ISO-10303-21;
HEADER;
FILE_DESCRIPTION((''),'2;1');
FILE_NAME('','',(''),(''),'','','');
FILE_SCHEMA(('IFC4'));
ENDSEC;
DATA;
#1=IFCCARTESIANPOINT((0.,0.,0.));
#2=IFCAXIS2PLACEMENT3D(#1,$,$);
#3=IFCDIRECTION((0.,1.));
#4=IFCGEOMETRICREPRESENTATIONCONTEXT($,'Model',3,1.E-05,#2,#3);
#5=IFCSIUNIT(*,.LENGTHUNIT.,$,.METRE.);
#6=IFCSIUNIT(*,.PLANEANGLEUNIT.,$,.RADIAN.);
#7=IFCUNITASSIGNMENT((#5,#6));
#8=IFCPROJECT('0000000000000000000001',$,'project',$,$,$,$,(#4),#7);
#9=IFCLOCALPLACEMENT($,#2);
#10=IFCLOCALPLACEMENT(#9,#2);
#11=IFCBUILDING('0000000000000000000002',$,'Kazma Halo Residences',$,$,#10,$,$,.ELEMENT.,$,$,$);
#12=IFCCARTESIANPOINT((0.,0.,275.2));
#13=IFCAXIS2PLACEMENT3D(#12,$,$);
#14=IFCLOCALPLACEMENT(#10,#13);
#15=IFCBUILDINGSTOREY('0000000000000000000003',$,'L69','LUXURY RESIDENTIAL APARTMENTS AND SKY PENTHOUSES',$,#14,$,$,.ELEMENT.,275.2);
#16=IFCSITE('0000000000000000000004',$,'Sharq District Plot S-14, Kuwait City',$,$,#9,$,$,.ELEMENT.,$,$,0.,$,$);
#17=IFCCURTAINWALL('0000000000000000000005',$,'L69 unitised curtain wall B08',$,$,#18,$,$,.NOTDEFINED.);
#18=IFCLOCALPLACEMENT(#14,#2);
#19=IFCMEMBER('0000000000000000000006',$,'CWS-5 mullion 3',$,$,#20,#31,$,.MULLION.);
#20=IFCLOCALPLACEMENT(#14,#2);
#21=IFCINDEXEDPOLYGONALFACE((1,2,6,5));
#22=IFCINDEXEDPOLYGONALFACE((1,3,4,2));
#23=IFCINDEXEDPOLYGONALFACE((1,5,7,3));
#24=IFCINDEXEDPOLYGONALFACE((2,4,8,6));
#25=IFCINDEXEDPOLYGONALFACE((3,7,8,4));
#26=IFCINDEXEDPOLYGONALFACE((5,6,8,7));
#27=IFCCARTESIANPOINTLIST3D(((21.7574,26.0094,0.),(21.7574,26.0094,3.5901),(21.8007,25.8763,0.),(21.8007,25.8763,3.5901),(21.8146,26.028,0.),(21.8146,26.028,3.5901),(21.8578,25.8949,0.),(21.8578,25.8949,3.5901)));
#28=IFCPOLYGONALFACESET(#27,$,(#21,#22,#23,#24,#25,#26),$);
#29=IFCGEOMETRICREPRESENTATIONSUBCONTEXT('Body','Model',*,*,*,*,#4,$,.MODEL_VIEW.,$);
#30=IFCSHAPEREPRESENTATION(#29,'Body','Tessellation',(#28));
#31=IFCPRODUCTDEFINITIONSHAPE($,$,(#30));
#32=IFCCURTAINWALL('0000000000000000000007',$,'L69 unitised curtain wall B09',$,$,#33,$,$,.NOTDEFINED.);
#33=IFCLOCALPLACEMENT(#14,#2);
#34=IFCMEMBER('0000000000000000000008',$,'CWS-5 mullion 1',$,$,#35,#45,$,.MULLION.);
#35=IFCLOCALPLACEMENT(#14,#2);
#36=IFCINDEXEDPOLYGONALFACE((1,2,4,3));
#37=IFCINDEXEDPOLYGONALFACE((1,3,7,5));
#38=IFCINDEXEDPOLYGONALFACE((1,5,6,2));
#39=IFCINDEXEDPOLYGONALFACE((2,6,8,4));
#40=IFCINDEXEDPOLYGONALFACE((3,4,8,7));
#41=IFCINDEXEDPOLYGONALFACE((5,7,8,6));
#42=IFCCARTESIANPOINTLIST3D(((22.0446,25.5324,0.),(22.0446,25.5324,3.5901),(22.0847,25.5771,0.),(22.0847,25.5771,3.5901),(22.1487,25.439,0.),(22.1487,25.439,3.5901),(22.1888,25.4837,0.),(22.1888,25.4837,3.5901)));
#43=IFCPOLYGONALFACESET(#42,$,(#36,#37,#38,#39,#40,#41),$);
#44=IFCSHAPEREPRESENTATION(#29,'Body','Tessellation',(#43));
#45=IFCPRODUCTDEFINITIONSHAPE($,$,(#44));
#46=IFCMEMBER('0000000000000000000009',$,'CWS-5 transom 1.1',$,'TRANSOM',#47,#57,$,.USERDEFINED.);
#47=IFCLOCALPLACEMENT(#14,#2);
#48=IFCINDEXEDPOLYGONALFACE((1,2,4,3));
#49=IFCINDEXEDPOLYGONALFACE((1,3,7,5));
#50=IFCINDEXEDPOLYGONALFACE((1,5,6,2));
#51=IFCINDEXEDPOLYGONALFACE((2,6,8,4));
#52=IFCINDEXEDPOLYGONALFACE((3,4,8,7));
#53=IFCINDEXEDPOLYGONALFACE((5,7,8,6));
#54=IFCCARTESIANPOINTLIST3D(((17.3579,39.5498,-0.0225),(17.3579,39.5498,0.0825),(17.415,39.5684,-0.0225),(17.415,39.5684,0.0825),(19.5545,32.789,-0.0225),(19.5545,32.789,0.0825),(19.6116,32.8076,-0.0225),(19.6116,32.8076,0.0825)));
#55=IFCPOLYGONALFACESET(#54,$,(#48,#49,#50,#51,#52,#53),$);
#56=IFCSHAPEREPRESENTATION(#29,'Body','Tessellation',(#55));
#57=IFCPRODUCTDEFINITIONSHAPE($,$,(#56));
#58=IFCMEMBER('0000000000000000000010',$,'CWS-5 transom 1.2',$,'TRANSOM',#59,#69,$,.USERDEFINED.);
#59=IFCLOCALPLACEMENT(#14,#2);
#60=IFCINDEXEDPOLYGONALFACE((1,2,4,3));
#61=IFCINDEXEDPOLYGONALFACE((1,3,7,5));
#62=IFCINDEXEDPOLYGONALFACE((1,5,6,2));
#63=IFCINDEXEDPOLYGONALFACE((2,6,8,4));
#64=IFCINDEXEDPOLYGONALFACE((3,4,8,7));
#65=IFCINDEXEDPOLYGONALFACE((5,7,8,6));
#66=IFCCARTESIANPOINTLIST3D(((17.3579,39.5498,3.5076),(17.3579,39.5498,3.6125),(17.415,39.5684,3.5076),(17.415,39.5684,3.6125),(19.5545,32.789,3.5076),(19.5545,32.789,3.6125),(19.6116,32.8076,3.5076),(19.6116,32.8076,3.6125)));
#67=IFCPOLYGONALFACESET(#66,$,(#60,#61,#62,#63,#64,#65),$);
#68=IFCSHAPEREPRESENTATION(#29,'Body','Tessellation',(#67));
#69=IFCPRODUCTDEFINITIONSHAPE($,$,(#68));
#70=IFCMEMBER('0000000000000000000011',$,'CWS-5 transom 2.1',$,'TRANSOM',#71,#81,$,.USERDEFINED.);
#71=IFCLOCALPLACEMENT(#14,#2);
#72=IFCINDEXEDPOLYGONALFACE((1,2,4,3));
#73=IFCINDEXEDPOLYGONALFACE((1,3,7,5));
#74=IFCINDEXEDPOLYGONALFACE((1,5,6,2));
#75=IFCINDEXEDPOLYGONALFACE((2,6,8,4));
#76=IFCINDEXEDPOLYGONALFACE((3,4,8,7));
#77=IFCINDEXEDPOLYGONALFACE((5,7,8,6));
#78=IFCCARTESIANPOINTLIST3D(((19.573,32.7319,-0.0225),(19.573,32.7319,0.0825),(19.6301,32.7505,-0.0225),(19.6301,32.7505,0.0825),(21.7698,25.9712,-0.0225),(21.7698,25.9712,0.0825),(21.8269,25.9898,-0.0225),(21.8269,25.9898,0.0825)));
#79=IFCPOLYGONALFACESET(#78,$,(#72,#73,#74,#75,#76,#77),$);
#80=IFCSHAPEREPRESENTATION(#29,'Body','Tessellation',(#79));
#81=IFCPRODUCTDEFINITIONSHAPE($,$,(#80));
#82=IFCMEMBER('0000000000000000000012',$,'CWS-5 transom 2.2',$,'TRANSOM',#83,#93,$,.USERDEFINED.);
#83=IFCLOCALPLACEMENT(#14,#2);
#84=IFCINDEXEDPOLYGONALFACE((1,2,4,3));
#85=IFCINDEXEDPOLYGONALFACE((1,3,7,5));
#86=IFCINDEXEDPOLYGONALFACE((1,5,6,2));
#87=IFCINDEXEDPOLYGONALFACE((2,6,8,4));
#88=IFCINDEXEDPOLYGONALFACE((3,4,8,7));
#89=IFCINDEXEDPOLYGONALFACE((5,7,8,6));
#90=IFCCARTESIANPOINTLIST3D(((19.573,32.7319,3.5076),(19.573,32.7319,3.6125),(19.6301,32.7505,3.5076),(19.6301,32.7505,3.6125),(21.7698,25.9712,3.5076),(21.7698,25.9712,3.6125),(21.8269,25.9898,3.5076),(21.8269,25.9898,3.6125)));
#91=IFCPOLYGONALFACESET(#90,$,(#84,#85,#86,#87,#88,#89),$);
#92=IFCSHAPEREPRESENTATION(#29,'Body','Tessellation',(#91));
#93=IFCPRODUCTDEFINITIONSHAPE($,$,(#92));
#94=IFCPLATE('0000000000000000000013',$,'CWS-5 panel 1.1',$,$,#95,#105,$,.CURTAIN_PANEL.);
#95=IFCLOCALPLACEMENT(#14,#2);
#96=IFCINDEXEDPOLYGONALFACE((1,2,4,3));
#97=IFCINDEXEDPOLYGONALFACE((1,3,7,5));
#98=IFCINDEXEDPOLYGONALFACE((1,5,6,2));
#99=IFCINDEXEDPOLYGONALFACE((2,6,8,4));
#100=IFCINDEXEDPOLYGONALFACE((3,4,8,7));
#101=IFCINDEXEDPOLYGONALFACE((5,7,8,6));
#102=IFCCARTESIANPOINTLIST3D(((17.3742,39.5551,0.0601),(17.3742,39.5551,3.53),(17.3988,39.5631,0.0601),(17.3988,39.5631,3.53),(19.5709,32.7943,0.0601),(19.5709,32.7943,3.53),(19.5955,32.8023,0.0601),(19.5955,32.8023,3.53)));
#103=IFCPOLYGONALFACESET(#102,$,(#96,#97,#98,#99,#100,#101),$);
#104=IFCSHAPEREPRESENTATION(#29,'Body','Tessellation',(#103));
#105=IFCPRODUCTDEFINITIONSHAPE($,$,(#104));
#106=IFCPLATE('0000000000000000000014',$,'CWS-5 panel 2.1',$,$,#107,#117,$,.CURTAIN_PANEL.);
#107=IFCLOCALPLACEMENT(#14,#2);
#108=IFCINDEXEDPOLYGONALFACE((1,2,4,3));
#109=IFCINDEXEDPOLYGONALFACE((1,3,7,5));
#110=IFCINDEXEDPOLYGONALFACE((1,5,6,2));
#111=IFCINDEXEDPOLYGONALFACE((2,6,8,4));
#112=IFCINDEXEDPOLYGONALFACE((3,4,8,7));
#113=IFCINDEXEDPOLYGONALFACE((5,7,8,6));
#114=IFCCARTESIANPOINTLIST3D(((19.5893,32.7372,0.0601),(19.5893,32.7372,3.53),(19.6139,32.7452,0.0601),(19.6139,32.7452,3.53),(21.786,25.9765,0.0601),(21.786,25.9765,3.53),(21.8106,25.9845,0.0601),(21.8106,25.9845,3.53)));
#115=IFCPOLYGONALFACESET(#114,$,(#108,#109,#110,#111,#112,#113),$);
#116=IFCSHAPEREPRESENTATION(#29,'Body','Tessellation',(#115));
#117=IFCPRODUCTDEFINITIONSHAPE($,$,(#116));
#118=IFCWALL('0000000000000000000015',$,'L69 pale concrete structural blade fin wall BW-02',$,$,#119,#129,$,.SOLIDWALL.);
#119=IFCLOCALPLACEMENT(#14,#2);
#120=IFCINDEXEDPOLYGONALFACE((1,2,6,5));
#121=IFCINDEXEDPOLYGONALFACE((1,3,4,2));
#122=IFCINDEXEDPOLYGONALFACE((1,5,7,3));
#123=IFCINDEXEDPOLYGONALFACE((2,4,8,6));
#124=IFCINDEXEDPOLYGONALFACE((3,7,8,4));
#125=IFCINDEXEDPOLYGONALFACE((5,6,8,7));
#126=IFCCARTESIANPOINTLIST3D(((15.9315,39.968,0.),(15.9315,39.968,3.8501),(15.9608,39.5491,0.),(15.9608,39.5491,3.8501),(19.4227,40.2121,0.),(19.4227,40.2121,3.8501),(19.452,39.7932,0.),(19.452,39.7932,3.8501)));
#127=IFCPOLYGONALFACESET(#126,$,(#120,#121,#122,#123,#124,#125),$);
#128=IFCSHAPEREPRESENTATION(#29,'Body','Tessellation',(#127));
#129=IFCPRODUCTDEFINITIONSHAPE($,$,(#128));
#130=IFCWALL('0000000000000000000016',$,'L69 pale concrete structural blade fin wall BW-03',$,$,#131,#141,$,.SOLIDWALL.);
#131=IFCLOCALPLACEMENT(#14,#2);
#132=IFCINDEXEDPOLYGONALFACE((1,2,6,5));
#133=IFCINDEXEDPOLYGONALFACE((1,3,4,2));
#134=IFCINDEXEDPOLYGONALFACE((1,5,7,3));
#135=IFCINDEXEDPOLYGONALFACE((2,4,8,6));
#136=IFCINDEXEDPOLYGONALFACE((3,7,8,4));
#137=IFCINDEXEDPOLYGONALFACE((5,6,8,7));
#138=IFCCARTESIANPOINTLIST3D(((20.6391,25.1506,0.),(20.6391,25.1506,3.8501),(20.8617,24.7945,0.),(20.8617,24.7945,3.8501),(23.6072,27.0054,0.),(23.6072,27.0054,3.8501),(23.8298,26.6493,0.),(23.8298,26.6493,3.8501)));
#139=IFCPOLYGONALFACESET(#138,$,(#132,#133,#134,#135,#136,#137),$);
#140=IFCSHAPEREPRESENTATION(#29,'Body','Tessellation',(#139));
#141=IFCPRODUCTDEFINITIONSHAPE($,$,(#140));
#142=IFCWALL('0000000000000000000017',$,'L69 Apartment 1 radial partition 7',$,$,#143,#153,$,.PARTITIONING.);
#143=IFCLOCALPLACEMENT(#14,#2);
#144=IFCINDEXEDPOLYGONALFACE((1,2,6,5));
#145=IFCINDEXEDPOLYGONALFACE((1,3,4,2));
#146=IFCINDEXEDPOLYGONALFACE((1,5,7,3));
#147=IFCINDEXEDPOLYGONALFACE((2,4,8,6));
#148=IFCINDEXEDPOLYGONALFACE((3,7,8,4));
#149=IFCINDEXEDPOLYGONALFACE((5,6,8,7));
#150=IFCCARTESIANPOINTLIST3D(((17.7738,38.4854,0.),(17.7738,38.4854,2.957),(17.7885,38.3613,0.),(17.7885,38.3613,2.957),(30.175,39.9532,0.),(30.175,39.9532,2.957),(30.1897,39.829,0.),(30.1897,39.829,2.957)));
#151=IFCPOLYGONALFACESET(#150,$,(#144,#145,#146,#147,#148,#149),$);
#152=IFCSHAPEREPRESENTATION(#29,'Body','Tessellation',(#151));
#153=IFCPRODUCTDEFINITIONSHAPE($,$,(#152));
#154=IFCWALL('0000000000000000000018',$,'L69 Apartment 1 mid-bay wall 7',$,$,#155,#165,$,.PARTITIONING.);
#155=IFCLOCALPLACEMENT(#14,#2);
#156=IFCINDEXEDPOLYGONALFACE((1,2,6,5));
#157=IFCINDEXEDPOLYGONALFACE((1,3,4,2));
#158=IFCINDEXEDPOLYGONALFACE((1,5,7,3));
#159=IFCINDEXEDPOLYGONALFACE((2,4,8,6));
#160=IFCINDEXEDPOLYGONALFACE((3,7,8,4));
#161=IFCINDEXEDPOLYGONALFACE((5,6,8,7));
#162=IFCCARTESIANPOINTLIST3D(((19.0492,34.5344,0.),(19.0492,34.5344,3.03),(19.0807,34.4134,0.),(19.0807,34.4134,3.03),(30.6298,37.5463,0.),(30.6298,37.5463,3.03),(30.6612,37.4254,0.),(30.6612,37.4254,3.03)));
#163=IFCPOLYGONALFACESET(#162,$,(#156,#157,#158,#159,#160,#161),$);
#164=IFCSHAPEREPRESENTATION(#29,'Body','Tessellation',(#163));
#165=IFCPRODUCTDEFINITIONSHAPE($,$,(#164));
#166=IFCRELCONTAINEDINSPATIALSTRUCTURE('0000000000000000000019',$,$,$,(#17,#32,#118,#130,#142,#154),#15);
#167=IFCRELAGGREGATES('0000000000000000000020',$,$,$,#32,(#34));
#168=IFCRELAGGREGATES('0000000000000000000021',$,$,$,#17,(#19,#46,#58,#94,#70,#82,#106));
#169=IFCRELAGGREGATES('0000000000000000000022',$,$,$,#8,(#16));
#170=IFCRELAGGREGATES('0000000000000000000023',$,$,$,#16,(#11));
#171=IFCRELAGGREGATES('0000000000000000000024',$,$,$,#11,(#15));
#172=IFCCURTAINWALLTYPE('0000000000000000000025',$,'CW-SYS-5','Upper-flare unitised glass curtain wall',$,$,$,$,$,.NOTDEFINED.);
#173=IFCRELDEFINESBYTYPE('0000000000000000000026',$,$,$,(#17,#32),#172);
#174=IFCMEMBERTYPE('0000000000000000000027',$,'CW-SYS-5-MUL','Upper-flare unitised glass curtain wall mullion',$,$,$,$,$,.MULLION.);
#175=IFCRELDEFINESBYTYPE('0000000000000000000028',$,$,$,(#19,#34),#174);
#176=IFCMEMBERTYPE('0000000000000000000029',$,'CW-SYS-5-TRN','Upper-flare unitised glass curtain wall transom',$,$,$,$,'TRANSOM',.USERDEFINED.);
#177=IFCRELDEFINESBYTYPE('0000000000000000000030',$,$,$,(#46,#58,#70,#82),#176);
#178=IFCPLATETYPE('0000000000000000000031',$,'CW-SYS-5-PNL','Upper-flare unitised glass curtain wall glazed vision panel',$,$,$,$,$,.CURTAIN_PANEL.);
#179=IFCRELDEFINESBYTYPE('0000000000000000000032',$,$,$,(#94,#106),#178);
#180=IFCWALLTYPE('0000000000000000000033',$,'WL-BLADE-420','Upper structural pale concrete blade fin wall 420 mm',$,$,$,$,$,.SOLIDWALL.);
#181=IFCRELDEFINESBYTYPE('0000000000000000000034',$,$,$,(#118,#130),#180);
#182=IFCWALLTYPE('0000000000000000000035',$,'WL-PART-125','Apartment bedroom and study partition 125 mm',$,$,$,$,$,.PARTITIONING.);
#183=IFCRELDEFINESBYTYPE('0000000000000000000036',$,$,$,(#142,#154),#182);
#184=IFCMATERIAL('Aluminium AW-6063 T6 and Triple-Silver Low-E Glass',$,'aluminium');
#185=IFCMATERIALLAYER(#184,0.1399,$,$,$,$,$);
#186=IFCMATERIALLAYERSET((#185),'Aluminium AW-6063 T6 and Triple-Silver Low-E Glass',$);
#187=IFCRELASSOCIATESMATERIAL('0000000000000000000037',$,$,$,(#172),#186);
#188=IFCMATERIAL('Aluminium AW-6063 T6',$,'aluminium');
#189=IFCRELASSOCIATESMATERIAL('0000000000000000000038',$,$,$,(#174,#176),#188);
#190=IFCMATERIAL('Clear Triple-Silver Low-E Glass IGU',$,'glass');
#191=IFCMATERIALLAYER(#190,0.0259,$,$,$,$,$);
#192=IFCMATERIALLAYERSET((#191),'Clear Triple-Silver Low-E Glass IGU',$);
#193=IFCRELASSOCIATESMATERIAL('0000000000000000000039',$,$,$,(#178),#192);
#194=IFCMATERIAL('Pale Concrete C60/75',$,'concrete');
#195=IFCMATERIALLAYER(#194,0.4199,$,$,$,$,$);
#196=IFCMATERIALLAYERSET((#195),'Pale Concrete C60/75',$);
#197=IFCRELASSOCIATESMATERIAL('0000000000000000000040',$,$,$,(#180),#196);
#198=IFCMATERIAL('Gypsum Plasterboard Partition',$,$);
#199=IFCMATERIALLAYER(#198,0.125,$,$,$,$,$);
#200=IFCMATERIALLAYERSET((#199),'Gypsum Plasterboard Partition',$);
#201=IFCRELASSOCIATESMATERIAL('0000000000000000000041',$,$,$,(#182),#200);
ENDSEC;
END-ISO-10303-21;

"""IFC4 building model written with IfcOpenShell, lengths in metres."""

from ifc_helpers import new_model, si_unit, direction, frame, frame_2d, origin, origin_2d, place, context, subcontext, project, spatial, rectangle, extrude, material, layer, layer_set, material_profile, profile_set, type_object, element, aggregate, save


model = new_model("IFC4")

# Units and contexts
model_context = context("Model", 3, precision=1e-05, world=origin(), true_north=direction((0.0, 1.0)))
body_context = subcontext(model_context, "Body", "Model", "MODEL_VIEW")
ifc_project = project(units=[si_unit("LENGTHUNIT", "METRE"), si_unit("PLANEANGLEUNIT", "RADIAN")], contexts=[model_context])

# Site, building, storey
site_placement = place(None, origin())
site = spatial("IfcSite", under=ifc_project, at=site_placement, Name="Sharq District Plot S-14, Kuwait City", CompositionType="ELEMENT", RefElevation=0.0)
building_placement = place(site_placement, origin())
building = spatial("IfcBuilding", under=site, at=building_placement, Name="Kazma Halo Residences", CompositionType="ELEMENT")
storey_placement = place(building_placement, frame((0.0, 0.0, 275.2)))
storey = spatial("IfcBuildingStorey", under=building, at=storey_placement, Name="L69", Description="LUXURY RESIDENTIAL APARTMENTS AND SKY PENTHOUSES", CompositionType="ELEMENT", Elevation=275.2)

# Shared definitions
ifc_material_1 = material(Name="Aluminium AW-6063 T6 and Triple-Silver Low-E Glass", Category="aluminium")
ifc_layer_1 = layer(ifc_material_1, 0.1399)
ifc_layer_set_1 = layer_set([ifc_layer_1], Name="Aluminium AW-6063 T6 and Triple-Silver Low-E Glass")
curtain_wall_type = type_object("IfcCurtainWallType", Name="CW-SYS-5", Description="Upper-flare unitised glass curtain wall", PredefinedType="NOTDEFINED", material=ifc_layer_set_1)
ifc_material_2 = material(Name="Aluminium AW-6063 T6", Category="aluminium")
ifc_material_profile_1 = material_profile(ifc_material_2, rectangle(XDim=0.0601, YDim=0.1399, at=origin_2d()), Name="CWM-60x140")
ifc_profile_set_1 = profile_set([ifc_material_profile_1], Name="Aluminium AW-6063 T6")
member_type_1 = type_object("IfcMemberType", Name="CW-SYS-5-MUL", Description="Upper-flare unitised glass curtain wall mullion", PredefinedType="MULLION", material=ifc_profile_set_1)

# Curtain wall, member
curtain_wall_1_placement = place(storey_placement, origin())
curtain_wall_1 = element("IfcCurtainWall", 1, at=curtain_wall_1_placement, inside=storey, type_object=curtain_wall_type, Name="L69 unitised curtain wall B08", PredefinedType="NOTDEFINED")
member_1_placement = place(storey_placement, frame((21.8076, 25.9521, 0.0), z_axis=(0.0, 0.0, 1.0), x_axis=(0.951058, 0.309011, 0.0)))
member_1 = element("IfcMember", 2, at=member_1_placement, type_object=member_type_1, Name="CWS-5 mullion 3", PredefinedType="MULLION", context=body_context, shape_type="SweptSolid", body=[
    extrude(rectangle(XDim=0.0601, YDim=0.1399, at=origin_2d()), origin(), (0.0, 0.0, 1.0), 3.5901),
])

# Curtain wall, member
curtain_wall_2_placement = place(storey_placement, origin())
curtain_wall_2 = element("IfcCurtainWall", 3, at=curtain_wall_2_placement, inside=storey, type_object=curtain_wall_type, Name="L69 unitised curtain wall B09", PredefinedType="NOTDEFINED")
member_2_placement = place(storey_placement, frame((22.1167, 25.5081, 0.0), z_axis=(0.0, 0.0, 1.0), x_axis=(0.667805, 0.744336, 0.0)))
member_2 = element("IfcMember", 4, at=member_2_placement, type_object=member_type_1, Name="CWS-5 mullion 1", PredefinedType="MULLION", context=body_context, shape_type="SweptSolid", body=[
    extrude(rectangle(XDim=0.0601, YDim=0.1399, at=origin_2d()), origin(), (0.0, 0.0, 1.0), 3.5901),
])
aggregate(curtain_wall_2, [member_2])

# Members
ifc_material_profile_2 = material_profile(ifc_material_2, rectangle(XDim=0.0601, YDim=0.105, at=origin_2d()), Name="CWT-60x105")
ifc_profile_set_2 = profile_set([ifc_material_profile_2], Name="Aluminium AW-6063 T6")
member_type_2 = type_object("IfcMemberType", Name="CW-SYS-5-TRN", Description="Upper-flare unitised glass curtain wall transom", ElementType="TRANSOM", PredefinedType="USERDEFINED", material=ifc_profile_set_2)
member_3_placement = place(storey_placement, frame((17.3865, 39.5591, 0.03), z_axis=(0.308996, -0.951063, 0.0), x_axis=(0.951063, 0.308996, 0.0)))
member_3 = element("IfcMember", 5, at=member_3_placement, type_object=member_type_2, Name="CWS-5 transom 1.1", ObjectType="TRANSOM", PredefinedType="USERDEFINED", context=body_context, shape_type="SweptSolid", body=[
    extrude(rectangle(XDim=0.0601, YDim=0.105, at=origin_2d()), origin(), (0.0, 0.0, 1.0), 7.1086),
])
member_4_placement = place(storey_placement, frame((17.3865, 39.5591, 3.5601), z_axis=(0.308996, -0.951063, 0.0), x_axis=(0.951063, 0.308996, 0.0)))
member_4 = element("IfcMember", 6, at=member_4_placement, type_object=member_type_2, Name="CWS-5 transom 1.2", ObjectType="TRANSOM", PredefinedType="USERDEFINED", context=body_context, shape_type="SweptSolid", body=[
    extrude(rectangle(XDim=0.0601, YDim=0.105, at=origin_2d()), origin(), (0.0, 0.0, 1.0), 7.1086),
])
member_5_placement = place(storey_placement, frame((19.6016, 32.7412, 0.03), z_axis=(0.309027, -0.951053, 0.0), x_axis=(0.951053, 0.309027, 0.0)))
member_5 = element("IfcMember", 7, at=member_5_placement, type_object=member_type_2, Name="CWS-5 transom 2.1", ObjectType="TRANSOM", PredefinedType="USERDEFINED", context=body_context, shape_type="SweptSolid", body=[
    extrude(rectangle(XDim=0.0601, YDim=0.105, at=origin_2d()), origin(), (0.0, 0.0, 1.0), 7.1086),
])
member_6_placement = place(storey_placement, frame((19.6016, 32.7412, 3.5601), z_axis=(0.309027, -0.951053, 0.0), x_axis=(0.951053, 0.309027, 0.0)))
member_6 = element("IfcMember", 8, at=member_6_placement, type_object=member_type_2, Name="CWS-5 transom 2.2", ObjectType="TRANSOM", PredefinedType="USERDEFINED", context=body_context, shape_type="SweptSolid", body=[
    extrude(rectangle(XDim=0.0601, YDim=0.105, at=origin_2d()), origin(), (0.0, 0.0, 1.0), 7.1086),
])

# Plates
ifc_material_3 = material(Name="Clear Triple-Silver Low-E Glass IGU", Category="glass")
ifc_layer_2 = layer(ifc_material_3, 0.0259)
ifc_layer_set_2 = layer_set([ifc_layer_2], Name="Clear Triple-Silver Low-E Glass IGU")
plate_type = type_object("IfcPlateType", Name="CW-SYS-5-PNL", Description="Upper-flare unitised glass curtain wall glazed vision panel", PredefinedType="CURTAIN_PANEL", material=ifc_layer_set_2)
plate_1_placement = place(storey_placement, frame((18.4849, 36.1787, 0.0601), z_axis=(0.0, 0.0, 1.0), x_axis=(0.309011, -0.951058, 0.0)))
plate_1 = element("IfcPlate", 9, at=plate_1_placement, type_object=plate_type, Name="CWS-5 panel 1.1", PredefinedType="CURTAIN_PANEL", context=body_context, shape_type="SweptSolid", body=[
    extrude(rectangle(XDim=7.1086, YDim=0.0259, at=origin_2d()), origin(), (0.0, 0.0, 1.0), 3.47),
])
plate_2_placement = place(storey_placement, frame((20.7, 29.3608, 0.0601), z_axis=(0.0, 0.0, 1.0), x_axis=(0.309011, -0.951058, 0.0)))
plate_2 = element("IfcPlate", 10, at=plate_2_placement, type_object=plate_type, Name="CWS-5 panel 2.1", PredefinedType="CURTAIN_PANEL", context=body_context, shape_type="SweptSolid", body=[
    extrude(rectangle(XDim=7.1086, YDim=0.0259, at=origin_2d()), origin(), (0.0, 0.0, 1.0), 3.47),
])
aggregate(curtain_wall_1, [member_1, member_3, member_4, plate_1, member_5, member_6, plate_2])

# Walls
ifc_material_4 = material(Name="Pale Concrete C60/75", Category="concrete")
ifc_layer_3 = layer(ifc_material_4, 0.4199)
ifc_layer_set_3 = layer_set([ifc_layer_3], Name="Pale Concrete C60/75")
wall_type_1 = type_object("IfcWallType", Name="WL-BLADE-420", Description="Upper structural pale concrete blade fin wall 420 mm", PredefinedType="SOLIDWALL", material=ifc_layer_set_3)
wall_1_placement = place(storey_placement, frame((19.4375, 40.0027, 0.0), z_axis=(0.0, 0.0, 1.0), x_axis=(-0.997564, -0.06976, 0.0)))
element("IfcWall", 11, at=wall_1_placement, inside=storey, type_object=wall_type_1, Name="L69 pale concrete structural blade fin wall BW-02", PredefinedType="SOLIDWALL", context=body_context, shape_type="SweptSolid", body=[
    extrude(rectangle(XDim=3.4998, YDim=0.4199, at=frame_2d((1.75, 0.0))), origin(), (0.0, 0.0, 1.0), 3.8501),
])
wall_2_placement = place(storey_placement, frame((23.7185, 26.8274, 0.0), z_axis=(0.0, 0.0, 1.0), x_axis=(-0.848034, -0.529943, 0.0)))
element("IfcWall", 12, at=wall_2_placement, inside=storey, type_object=wall_type_1, Name="L69 pale concrete structural blade fin wall BW-03", PredefinedType="SOLIDWALL", context=body_context, shape_type="SweptSolid", body=[
    extrude(rectangle(XDim=3.5, YDim=0.4199, at=frame_2d((1.75, 0.0))), origin(), (0.0, 0.0, 1.0), 3.8501),
])
ifc_material_5 = material(Name="Gypsum Plasterboard Partition")
ifc_layer_4 = layer(ifc_material_5, 0.125)
ifc_layer_set_4 = layer_set([ifc_layer_4], Name="Gypsum Plasterboard Partition")
wall_type_2 = type_object("IfcWallType", Name="WL-PART-125", Description="Apartment bedroom and study partition 125 mm", PredefinedType="PARTITIONING", material=ifc_layer_set_4)
wall_3_placement = place(storey_placement, frame((30.1824, 39.8911, 0.0), z_axis=(0.0, 0.0, 1.0), x_axis=(-0.993068, -0.117538, 0.0)))
element("IfcWall", 13, at=wall_3_placement, inside=storey, type_object=wall_type_2, Name="L69 Apartment 1 radial partition 7", PredefinedType="PARTITIONING", context=body_context, shape_type="SweptSolid", body=[
    extrude(rectangle(XDim=12.4878, YDim=0.125, at=frame_2d((6.2439, 0.0))), origin(), (0.0, 0.0, 1.0), 2.957),
])
wall_4_placement = place(storey_placement, frame((30.6455, 37.4858, 0.0), z_axis=(0.0, 0.0, 1.0), x_axis=(-0.967802, -0.251713, 0.0)))
element("IfcWall", 14, at=wall_4_placement, inside=storey, type_object=wall_type_2, Name="L69 Apartment 1 mid-bay wall 7", PredefinedType="PARTITIONING", context=body_context, shape_type="SweptSolid", body=[
    extrude(rectangle(XDim=11.9658, YDim=0.125, at=frame_2d((5.9829, 0.0))), origin(), (0.0, 0.0, 1.0), 3.03),
])

save(model, "model.ifc")
